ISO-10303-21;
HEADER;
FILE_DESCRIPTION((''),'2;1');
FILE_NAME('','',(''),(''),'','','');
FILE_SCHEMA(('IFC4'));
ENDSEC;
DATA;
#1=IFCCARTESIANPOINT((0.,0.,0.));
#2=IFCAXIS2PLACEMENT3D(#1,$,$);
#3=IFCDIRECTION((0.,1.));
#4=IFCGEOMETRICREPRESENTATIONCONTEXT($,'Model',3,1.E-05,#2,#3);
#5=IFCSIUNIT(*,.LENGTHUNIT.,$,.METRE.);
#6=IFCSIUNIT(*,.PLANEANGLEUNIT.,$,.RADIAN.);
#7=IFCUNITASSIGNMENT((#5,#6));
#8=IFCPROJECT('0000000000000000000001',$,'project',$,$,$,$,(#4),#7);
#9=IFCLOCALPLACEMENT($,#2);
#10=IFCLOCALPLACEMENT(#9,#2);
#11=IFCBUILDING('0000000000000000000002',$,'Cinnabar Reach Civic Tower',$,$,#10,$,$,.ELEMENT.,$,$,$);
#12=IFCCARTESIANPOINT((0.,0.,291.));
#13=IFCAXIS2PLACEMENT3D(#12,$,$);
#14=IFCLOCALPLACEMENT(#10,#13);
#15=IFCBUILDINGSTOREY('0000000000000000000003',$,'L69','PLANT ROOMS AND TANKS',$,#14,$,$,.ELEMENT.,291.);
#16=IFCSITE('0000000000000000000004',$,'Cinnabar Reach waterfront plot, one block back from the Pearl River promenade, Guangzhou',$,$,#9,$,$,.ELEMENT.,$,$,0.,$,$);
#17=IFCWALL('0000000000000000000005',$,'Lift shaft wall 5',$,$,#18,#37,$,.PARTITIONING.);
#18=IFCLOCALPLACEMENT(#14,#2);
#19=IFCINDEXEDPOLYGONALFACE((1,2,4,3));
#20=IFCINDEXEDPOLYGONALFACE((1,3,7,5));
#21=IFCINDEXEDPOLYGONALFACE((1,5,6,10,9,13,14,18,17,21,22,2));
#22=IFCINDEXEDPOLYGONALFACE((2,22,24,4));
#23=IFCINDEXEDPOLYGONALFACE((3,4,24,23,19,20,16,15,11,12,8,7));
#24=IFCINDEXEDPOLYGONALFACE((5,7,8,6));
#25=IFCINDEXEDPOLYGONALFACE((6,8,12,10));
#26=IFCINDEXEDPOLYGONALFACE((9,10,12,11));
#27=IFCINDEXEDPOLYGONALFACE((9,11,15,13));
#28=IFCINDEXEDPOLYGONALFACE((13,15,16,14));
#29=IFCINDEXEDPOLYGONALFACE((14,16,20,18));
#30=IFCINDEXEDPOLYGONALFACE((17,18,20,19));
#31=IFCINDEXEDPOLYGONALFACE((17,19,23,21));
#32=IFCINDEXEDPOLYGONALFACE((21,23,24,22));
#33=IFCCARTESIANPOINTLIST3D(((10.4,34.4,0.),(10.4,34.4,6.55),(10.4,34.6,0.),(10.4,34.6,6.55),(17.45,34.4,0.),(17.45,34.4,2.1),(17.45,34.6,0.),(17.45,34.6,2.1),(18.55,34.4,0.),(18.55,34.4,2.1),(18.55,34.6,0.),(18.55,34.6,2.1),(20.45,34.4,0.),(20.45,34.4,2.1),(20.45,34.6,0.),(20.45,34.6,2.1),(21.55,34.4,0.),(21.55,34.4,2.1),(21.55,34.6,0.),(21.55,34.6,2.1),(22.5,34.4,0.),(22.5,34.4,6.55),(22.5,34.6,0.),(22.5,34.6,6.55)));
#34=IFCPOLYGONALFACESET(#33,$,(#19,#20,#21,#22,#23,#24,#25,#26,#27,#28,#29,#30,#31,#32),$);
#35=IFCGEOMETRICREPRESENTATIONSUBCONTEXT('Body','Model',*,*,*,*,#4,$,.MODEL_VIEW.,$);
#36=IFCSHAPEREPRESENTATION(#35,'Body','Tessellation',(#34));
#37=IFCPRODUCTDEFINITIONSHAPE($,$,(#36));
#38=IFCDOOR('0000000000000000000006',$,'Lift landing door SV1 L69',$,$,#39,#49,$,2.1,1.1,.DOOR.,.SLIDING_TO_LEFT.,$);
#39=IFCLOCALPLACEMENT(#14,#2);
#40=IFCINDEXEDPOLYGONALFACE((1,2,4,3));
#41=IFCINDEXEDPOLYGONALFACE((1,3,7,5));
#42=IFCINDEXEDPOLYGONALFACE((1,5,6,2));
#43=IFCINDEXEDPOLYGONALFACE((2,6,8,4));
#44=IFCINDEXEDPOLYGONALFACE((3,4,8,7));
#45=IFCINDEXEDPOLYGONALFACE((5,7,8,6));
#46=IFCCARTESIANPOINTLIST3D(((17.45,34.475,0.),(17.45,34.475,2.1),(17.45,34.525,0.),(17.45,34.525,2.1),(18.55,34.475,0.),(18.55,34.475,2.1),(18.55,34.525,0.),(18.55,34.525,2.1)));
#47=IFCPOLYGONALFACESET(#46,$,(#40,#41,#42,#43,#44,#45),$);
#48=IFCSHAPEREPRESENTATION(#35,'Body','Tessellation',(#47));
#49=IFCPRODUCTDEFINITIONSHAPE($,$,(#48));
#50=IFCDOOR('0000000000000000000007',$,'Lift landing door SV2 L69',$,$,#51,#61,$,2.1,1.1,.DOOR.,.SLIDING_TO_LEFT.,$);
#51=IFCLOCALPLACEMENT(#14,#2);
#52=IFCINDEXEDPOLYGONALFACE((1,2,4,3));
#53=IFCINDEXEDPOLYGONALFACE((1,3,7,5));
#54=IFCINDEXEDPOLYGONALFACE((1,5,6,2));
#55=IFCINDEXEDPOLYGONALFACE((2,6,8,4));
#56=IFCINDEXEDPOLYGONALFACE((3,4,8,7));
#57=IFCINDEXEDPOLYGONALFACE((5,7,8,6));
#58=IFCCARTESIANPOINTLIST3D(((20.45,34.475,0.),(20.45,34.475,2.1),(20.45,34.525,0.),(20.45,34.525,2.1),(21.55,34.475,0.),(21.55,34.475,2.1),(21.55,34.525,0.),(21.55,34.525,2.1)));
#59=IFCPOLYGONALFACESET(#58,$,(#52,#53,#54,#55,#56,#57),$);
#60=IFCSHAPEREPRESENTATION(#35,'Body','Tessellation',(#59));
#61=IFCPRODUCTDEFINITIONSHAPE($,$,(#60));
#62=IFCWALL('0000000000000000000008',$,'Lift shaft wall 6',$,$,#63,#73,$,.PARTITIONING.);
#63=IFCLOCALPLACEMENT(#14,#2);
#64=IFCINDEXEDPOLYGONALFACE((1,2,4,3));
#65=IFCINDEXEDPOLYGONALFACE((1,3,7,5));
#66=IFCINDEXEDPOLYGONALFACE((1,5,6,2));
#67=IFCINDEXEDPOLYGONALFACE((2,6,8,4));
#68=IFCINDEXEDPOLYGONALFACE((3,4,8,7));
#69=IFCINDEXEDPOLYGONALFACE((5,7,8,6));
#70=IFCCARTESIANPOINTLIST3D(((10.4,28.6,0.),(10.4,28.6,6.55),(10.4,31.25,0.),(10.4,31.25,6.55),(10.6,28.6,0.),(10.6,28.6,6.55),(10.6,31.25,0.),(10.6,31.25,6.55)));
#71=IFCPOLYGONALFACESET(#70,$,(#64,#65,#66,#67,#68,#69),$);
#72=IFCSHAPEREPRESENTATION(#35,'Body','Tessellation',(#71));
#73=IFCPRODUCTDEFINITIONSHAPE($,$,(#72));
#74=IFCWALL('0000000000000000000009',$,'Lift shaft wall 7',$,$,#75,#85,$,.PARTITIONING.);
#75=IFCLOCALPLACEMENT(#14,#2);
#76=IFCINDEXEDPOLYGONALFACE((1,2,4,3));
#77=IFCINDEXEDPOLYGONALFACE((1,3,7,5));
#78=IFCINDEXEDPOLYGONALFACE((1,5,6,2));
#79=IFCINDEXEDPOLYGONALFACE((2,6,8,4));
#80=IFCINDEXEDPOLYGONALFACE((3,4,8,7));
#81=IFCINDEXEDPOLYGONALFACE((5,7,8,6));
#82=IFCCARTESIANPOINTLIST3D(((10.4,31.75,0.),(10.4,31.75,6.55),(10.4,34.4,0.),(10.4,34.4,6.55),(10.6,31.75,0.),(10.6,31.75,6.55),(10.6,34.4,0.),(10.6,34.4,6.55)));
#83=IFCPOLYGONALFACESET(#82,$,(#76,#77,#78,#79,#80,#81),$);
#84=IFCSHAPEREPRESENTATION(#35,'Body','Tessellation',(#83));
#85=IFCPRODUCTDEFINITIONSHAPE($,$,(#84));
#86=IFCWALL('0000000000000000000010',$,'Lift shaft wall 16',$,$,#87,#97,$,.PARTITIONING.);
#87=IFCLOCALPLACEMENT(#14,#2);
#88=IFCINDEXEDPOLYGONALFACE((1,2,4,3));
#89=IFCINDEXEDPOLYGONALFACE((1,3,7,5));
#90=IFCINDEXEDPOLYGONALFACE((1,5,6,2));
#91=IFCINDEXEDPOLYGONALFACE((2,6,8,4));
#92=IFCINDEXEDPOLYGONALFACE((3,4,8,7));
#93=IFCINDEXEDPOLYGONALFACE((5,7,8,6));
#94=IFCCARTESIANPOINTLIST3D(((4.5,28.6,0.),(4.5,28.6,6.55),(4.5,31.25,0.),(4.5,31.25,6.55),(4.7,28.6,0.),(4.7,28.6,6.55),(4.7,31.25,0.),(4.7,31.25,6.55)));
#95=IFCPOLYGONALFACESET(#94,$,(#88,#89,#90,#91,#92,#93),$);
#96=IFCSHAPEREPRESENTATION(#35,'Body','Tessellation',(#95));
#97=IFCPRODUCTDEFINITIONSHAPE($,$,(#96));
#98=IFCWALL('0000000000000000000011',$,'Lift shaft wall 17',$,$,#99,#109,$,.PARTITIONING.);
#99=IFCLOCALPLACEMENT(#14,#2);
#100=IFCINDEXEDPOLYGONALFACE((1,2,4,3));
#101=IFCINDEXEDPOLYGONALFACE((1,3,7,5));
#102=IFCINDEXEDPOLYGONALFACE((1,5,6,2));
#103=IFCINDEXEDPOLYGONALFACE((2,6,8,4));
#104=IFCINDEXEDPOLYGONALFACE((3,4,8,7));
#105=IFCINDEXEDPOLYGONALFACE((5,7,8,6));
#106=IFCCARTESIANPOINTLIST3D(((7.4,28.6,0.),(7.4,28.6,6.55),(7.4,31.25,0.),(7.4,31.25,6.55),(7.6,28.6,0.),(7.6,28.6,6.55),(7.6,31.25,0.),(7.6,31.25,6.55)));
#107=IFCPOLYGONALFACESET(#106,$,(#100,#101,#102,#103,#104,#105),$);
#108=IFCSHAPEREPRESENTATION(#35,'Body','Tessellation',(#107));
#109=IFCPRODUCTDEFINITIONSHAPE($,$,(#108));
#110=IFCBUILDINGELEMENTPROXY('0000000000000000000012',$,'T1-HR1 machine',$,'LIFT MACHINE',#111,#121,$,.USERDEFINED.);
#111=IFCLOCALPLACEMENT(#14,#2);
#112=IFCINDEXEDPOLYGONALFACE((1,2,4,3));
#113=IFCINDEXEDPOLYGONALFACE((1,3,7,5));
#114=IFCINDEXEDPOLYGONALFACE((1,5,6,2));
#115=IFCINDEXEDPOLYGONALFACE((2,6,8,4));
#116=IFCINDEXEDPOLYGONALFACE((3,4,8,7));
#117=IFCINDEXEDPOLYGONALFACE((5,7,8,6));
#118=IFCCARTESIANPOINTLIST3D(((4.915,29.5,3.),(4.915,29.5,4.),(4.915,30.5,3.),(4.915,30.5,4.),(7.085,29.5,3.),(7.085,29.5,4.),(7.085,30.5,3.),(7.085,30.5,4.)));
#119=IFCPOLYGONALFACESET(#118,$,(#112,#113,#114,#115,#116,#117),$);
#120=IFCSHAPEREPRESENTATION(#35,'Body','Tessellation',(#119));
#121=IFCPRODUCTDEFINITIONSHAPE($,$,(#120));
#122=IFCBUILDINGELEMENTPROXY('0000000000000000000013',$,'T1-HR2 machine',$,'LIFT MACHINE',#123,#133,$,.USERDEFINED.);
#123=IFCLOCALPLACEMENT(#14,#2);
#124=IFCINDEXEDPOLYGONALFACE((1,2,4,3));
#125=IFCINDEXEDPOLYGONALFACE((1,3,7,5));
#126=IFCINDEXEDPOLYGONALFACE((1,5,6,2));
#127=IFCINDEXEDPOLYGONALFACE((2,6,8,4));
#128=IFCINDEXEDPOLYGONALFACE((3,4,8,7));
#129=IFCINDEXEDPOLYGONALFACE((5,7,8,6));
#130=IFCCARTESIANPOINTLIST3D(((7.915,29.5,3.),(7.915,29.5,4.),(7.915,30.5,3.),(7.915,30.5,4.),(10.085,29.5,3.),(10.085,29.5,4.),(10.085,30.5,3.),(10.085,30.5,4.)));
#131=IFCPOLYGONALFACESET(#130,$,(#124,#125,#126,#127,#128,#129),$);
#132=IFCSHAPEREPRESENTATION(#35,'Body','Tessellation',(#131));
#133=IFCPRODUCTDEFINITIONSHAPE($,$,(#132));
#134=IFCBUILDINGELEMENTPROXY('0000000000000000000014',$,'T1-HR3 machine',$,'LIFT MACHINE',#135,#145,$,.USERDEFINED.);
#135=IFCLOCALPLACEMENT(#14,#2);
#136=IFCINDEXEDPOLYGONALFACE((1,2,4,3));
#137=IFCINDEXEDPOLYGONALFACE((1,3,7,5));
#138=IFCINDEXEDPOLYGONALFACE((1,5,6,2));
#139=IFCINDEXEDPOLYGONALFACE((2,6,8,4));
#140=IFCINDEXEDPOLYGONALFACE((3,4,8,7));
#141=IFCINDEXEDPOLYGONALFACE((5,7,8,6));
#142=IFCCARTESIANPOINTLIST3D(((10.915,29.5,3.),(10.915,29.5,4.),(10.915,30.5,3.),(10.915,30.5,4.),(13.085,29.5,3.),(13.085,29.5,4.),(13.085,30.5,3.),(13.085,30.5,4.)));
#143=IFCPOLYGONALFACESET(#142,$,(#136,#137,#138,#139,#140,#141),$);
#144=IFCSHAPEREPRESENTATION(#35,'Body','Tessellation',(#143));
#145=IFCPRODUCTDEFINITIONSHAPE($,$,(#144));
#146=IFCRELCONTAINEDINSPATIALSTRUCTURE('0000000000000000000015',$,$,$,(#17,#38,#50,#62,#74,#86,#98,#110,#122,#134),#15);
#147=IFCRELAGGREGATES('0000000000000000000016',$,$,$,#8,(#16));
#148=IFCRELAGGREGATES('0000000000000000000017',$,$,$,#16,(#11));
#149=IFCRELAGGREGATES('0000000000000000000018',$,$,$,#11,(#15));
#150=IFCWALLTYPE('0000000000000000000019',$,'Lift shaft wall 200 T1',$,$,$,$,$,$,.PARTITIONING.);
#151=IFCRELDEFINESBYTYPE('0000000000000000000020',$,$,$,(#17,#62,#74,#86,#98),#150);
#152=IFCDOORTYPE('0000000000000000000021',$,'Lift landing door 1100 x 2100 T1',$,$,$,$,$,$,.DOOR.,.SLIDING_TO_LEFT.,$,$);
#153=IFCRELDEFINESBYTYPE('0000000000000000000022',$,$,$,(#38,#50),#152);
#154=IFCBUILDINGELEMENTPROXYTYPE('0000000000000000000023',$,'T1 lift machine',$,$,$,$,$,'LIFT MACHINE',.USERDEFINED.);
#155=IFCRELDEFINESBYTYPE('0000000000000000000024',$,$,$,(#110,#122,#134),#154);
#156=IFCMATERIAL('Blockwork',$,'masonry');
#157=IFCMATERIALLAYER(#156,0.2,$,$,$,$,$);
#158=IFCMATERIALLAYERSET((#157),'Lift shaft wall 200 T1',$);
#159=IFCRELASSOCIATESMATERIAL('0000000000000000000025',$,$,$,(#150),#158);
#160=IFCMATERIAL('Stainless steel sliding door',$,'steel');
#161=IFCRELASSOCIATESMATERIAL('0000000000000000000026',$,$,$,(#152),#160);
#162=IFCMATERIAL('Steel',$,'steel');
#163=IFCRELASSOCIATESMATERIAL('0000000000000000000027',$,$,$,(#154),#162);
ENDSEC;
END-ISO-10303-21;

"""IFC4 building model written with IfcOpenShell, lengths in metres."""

from ifc_helpers import new_model, si_unit, direction, frame, frame_2d, origin, origin_2d, place, context, subcontext, project, spatial, rectangle, extrude, material, layer, layer_set, type_object, element, fill, save


model = new_model("IFC4")

# Units and contexts
model_context = context("Model", 3, precision=1e-05, world=origin(), true_north=direction((0.0, 1.0)))
body_context = subcontext(model_context, "Body", "Model", "MODEL_VIEW")
ifc_project = project(units=[si_unit("LENGTHUNIT", "METRE"), si_unit("PLANEANGLEUNIT", "RADIAN")], contexts=[model_context])

# Site, building, storey
site_placement = place(None, origin())
site = spatial("IfcSite", under=ifc_project, at=site_placement, Name="Cinnabar Reach waterfront plot, one block back from the Pearl River promenade, Guangzhou", CompositionType="ELEMENT", RefElevation=0.0)
building_placement = place(site_placement, origin())
building = spatial("IfcBuilding", under=site, at=building_placement, Name="Cinnabar Reach Civic Tower", CompositionType="ELEMENT")
storey_placement = place(building_placement, frame((0.0, 0.0, 291.0)))
storey = spatial("IfcBuildingStorey", under=building, at=storey_placement, Name="L69", Description="PLANT ROOMS AND TANKS", CompositionType="ELEMENT", Elevation=291.0)

# Shared definitions
ifc_material_1 = material(Name="Blockwork", Category="masonry")
ifc_layer_1 = layer(ifc_material_1, 0.2)
ifc_layer_set_1 = layer_set([ifc_layer_1], Name="Lift shaft wall 200 T1")
wall_type_1 = type_object("IfcWallType", Name="Lift shaft wall 200 T1", PredefinedType="PARTITIONING", material=ifc_layer_set_1)

# Wall, openings, doors
wall_1_placement = place(storey_placement, frame((10.4, 34.5, 0.0), z_axis=(0.0, 0.0, 1.0), x_axis=(1.0, 0.0, 0.0)))
wall_1 = element("IfcWall", 1, at=wall_1_placement, inside=storey, type_object=wall_type_1, Name="Lift shaft wall 5", PredefinedType="PARTITIONING", context=body_context, shape_type="SweptSolid", body=[
    extrude(rectangle(XDim=12.1, YDim=0.2, at=frame_2d((6.05, 0.0))), origin(), (0.0, 0.0, 1.0), 6.55),
])
opening_1_placement = place(wall_1_placement, frame((7.05, 0.0, 0.0)))
opening_1 = element("IfcOpeningElement", 2, at=opening_1_placement, cuts=wall_1, PredefinedType="OPENING", context=body_context, shape_type="SweptSolid", body=[
    extrude(rectangle(XDim=1.1, YDim=2.1, at=frame_2d((0.55, 1.05))), frame((0.0, 0.11, 0.0), z_axis=(0.0, -1.0, 0.0), x_axis=(1.0, 0.0, 0.0)), (0.0, 0.0, 1.0), 0.22),
])
opening_2_placement = place(wall_1_placement, frame((10.05, 0.0, 0.0)))
opening_2 = element("IfcOpeningElement", 3, at=opening_2_placement, cuts=wall_1, PredefinedType="OPENING", context=body_context, shape_type="SweptSolid", body=[
    extrude(rectangle(XDim=1.1, YDim=2.1, at=frame_2d((0.55, 1.05))), frame((0.0, 0.11, 0.0), z_axis=(0.0, -1.0, 0.0), x_axis=(1.0, 0.0, 0.0)), (0.0, 0.0, 1.0), 0.22),
])
ifc_material_2 = material(Name="Stainless steel sliding door", Category="steel")
door_type_1 = type_object("IfcDoorType", Name="Lift landing door 1100 x 2100 T1", OperationType="SLIDING_TO_LEFT", PredefinedType="DOOR", material=ifc_material_2)
door_1_placement = place(opening_1_placement, origin())
door_1 = element("IfcDoor", 4, at=door_1_placement, inside=storey, type_object=door_type_1, Name="Lift landing door SV1 L69", OperationType="SLIDING_TO_LEFT", OverallHeight=2.1, OverallWidth=1.1, PredefinedType="DOOR", context=body_context, shape_type="SweptSolid", body=[
    extrude(rectangle(XDim=1.1, YDim=2.1, at=frame_2d((0.55, 1.05))), frame((0.0, 0.025, 0.0), z_axis=(0.0, -1.0, 0.0), x_axis=(1.0, 0.0, 0.0)), (0.0, 0.0, 1.0), 0.05),
])
fill(opening_1, door_1)
door_2_placement = place(opening_2_placement, origin())
door_2 = element("IfcDoor", 5, at=door_2_placement, inside=storey, type_object=door_type_1, Name="Lift landing door SV2 L69", OperationType="SLIDING_TO_LEFT", OverallHeight=2.1, OverallWidth=1.1, PredefinedType="DOOR", context=body_context, shape_type="SweptSolid", body=[
    extrude(rectangle(XDim=1.1, YDim=2.1, at=frame_2d((0.55, 1.05))), frame((0.0, 0.025, 0.0), z_axis=(0.0, -1.0, 0.0), x_axis=(1.0, 0.0, 0.0)), (0.0, 0.0, 1.0), 0.05),
])
fill(opening_2, door_2)

# Walls
for number, where, z_axis, x_axis, name in (
    (6, (10.5, 28.6, 0.0), (0.0, 0.0, 1.0), (0.0, 1.0, 0.0), "Lift shaft wall 6"),
    (7, (10.5, 31.75, 0.0), (0.0, 0.0, 1.0), (0.0, 1.0, 0.0), "Lift shaft wall 7"),
    (8, (4.6, 28.6, 0.0), (0.0, 0.0, 1.0), (0.0, 1.0, 0.0), "Lift shaft wall 16"),
    (9, (7.5, 28.6, 0.0), (0.0, 0.0, 1.0), (0.0, 1.0, 0.0), "Lift shaft wall 17"),
):
    element("IfcWall", number, at=place(storey_placement, frame(where, z_axis=z_axis, x_axis=x_axis)), inside=storey, type_object=wall_type_1, Name=name, PredefinedType="PARTITIONING", context=body_context, shape_type="SweptSolid", body=[
        extrude(rectangle(XDim=2.65, YDim=0.2, at=frame_2d((1.325, 0.0))), origin(), (0.0, 0.0, 1.0), 6.55),
    ])

# Building element proxies
ifc_material_3 = material(Name="Steel", Category="steel")
building_element_proxy_type = type_object("IfcBuildingElementProxyType", Name="T1 lift machine", ElementType="LIFT MACHINE", PredefinedType="USERDEFINED", material=ifc_material_3)
for number, where, z_axis, x_axis, name in (
    (10, (6.0, 30.0, 3.0), (0.0, 0.0, 1.0), (1.0, 0.0, 0.0), "T1-HR1 machine"),
    (11, (9.0, 30.0, 3.0), (0.0, 0.0, 1.0), (1.0, 0.0, 0.0), "T1-HR2 machine"),
    (12, (12.0, 30.0, 3.0), (0.0, 0.0, 1.0), (1.0, 0.0, 0.0), "T1-HR3 machine"),
):
    element("IfcBuildingElementProxy", number, at=place(storey_placement, frame(where, z_axis=z_axis, x_axis=x_axis)), inside=storey, type_object=building_element_proxy_type, Name=name, ObjectType="LIFT MACHINE", PredefinedType="USERDEFINED", context=body_context, shape_type="SweptSolid", body=[
        extrude(rectangle(XDim=2.17, YDim=1.0, at=origin_2d()), origin(), (0.0, 0.0, 1.0), 1.0),
    ])

save(model, "model.ifc")
